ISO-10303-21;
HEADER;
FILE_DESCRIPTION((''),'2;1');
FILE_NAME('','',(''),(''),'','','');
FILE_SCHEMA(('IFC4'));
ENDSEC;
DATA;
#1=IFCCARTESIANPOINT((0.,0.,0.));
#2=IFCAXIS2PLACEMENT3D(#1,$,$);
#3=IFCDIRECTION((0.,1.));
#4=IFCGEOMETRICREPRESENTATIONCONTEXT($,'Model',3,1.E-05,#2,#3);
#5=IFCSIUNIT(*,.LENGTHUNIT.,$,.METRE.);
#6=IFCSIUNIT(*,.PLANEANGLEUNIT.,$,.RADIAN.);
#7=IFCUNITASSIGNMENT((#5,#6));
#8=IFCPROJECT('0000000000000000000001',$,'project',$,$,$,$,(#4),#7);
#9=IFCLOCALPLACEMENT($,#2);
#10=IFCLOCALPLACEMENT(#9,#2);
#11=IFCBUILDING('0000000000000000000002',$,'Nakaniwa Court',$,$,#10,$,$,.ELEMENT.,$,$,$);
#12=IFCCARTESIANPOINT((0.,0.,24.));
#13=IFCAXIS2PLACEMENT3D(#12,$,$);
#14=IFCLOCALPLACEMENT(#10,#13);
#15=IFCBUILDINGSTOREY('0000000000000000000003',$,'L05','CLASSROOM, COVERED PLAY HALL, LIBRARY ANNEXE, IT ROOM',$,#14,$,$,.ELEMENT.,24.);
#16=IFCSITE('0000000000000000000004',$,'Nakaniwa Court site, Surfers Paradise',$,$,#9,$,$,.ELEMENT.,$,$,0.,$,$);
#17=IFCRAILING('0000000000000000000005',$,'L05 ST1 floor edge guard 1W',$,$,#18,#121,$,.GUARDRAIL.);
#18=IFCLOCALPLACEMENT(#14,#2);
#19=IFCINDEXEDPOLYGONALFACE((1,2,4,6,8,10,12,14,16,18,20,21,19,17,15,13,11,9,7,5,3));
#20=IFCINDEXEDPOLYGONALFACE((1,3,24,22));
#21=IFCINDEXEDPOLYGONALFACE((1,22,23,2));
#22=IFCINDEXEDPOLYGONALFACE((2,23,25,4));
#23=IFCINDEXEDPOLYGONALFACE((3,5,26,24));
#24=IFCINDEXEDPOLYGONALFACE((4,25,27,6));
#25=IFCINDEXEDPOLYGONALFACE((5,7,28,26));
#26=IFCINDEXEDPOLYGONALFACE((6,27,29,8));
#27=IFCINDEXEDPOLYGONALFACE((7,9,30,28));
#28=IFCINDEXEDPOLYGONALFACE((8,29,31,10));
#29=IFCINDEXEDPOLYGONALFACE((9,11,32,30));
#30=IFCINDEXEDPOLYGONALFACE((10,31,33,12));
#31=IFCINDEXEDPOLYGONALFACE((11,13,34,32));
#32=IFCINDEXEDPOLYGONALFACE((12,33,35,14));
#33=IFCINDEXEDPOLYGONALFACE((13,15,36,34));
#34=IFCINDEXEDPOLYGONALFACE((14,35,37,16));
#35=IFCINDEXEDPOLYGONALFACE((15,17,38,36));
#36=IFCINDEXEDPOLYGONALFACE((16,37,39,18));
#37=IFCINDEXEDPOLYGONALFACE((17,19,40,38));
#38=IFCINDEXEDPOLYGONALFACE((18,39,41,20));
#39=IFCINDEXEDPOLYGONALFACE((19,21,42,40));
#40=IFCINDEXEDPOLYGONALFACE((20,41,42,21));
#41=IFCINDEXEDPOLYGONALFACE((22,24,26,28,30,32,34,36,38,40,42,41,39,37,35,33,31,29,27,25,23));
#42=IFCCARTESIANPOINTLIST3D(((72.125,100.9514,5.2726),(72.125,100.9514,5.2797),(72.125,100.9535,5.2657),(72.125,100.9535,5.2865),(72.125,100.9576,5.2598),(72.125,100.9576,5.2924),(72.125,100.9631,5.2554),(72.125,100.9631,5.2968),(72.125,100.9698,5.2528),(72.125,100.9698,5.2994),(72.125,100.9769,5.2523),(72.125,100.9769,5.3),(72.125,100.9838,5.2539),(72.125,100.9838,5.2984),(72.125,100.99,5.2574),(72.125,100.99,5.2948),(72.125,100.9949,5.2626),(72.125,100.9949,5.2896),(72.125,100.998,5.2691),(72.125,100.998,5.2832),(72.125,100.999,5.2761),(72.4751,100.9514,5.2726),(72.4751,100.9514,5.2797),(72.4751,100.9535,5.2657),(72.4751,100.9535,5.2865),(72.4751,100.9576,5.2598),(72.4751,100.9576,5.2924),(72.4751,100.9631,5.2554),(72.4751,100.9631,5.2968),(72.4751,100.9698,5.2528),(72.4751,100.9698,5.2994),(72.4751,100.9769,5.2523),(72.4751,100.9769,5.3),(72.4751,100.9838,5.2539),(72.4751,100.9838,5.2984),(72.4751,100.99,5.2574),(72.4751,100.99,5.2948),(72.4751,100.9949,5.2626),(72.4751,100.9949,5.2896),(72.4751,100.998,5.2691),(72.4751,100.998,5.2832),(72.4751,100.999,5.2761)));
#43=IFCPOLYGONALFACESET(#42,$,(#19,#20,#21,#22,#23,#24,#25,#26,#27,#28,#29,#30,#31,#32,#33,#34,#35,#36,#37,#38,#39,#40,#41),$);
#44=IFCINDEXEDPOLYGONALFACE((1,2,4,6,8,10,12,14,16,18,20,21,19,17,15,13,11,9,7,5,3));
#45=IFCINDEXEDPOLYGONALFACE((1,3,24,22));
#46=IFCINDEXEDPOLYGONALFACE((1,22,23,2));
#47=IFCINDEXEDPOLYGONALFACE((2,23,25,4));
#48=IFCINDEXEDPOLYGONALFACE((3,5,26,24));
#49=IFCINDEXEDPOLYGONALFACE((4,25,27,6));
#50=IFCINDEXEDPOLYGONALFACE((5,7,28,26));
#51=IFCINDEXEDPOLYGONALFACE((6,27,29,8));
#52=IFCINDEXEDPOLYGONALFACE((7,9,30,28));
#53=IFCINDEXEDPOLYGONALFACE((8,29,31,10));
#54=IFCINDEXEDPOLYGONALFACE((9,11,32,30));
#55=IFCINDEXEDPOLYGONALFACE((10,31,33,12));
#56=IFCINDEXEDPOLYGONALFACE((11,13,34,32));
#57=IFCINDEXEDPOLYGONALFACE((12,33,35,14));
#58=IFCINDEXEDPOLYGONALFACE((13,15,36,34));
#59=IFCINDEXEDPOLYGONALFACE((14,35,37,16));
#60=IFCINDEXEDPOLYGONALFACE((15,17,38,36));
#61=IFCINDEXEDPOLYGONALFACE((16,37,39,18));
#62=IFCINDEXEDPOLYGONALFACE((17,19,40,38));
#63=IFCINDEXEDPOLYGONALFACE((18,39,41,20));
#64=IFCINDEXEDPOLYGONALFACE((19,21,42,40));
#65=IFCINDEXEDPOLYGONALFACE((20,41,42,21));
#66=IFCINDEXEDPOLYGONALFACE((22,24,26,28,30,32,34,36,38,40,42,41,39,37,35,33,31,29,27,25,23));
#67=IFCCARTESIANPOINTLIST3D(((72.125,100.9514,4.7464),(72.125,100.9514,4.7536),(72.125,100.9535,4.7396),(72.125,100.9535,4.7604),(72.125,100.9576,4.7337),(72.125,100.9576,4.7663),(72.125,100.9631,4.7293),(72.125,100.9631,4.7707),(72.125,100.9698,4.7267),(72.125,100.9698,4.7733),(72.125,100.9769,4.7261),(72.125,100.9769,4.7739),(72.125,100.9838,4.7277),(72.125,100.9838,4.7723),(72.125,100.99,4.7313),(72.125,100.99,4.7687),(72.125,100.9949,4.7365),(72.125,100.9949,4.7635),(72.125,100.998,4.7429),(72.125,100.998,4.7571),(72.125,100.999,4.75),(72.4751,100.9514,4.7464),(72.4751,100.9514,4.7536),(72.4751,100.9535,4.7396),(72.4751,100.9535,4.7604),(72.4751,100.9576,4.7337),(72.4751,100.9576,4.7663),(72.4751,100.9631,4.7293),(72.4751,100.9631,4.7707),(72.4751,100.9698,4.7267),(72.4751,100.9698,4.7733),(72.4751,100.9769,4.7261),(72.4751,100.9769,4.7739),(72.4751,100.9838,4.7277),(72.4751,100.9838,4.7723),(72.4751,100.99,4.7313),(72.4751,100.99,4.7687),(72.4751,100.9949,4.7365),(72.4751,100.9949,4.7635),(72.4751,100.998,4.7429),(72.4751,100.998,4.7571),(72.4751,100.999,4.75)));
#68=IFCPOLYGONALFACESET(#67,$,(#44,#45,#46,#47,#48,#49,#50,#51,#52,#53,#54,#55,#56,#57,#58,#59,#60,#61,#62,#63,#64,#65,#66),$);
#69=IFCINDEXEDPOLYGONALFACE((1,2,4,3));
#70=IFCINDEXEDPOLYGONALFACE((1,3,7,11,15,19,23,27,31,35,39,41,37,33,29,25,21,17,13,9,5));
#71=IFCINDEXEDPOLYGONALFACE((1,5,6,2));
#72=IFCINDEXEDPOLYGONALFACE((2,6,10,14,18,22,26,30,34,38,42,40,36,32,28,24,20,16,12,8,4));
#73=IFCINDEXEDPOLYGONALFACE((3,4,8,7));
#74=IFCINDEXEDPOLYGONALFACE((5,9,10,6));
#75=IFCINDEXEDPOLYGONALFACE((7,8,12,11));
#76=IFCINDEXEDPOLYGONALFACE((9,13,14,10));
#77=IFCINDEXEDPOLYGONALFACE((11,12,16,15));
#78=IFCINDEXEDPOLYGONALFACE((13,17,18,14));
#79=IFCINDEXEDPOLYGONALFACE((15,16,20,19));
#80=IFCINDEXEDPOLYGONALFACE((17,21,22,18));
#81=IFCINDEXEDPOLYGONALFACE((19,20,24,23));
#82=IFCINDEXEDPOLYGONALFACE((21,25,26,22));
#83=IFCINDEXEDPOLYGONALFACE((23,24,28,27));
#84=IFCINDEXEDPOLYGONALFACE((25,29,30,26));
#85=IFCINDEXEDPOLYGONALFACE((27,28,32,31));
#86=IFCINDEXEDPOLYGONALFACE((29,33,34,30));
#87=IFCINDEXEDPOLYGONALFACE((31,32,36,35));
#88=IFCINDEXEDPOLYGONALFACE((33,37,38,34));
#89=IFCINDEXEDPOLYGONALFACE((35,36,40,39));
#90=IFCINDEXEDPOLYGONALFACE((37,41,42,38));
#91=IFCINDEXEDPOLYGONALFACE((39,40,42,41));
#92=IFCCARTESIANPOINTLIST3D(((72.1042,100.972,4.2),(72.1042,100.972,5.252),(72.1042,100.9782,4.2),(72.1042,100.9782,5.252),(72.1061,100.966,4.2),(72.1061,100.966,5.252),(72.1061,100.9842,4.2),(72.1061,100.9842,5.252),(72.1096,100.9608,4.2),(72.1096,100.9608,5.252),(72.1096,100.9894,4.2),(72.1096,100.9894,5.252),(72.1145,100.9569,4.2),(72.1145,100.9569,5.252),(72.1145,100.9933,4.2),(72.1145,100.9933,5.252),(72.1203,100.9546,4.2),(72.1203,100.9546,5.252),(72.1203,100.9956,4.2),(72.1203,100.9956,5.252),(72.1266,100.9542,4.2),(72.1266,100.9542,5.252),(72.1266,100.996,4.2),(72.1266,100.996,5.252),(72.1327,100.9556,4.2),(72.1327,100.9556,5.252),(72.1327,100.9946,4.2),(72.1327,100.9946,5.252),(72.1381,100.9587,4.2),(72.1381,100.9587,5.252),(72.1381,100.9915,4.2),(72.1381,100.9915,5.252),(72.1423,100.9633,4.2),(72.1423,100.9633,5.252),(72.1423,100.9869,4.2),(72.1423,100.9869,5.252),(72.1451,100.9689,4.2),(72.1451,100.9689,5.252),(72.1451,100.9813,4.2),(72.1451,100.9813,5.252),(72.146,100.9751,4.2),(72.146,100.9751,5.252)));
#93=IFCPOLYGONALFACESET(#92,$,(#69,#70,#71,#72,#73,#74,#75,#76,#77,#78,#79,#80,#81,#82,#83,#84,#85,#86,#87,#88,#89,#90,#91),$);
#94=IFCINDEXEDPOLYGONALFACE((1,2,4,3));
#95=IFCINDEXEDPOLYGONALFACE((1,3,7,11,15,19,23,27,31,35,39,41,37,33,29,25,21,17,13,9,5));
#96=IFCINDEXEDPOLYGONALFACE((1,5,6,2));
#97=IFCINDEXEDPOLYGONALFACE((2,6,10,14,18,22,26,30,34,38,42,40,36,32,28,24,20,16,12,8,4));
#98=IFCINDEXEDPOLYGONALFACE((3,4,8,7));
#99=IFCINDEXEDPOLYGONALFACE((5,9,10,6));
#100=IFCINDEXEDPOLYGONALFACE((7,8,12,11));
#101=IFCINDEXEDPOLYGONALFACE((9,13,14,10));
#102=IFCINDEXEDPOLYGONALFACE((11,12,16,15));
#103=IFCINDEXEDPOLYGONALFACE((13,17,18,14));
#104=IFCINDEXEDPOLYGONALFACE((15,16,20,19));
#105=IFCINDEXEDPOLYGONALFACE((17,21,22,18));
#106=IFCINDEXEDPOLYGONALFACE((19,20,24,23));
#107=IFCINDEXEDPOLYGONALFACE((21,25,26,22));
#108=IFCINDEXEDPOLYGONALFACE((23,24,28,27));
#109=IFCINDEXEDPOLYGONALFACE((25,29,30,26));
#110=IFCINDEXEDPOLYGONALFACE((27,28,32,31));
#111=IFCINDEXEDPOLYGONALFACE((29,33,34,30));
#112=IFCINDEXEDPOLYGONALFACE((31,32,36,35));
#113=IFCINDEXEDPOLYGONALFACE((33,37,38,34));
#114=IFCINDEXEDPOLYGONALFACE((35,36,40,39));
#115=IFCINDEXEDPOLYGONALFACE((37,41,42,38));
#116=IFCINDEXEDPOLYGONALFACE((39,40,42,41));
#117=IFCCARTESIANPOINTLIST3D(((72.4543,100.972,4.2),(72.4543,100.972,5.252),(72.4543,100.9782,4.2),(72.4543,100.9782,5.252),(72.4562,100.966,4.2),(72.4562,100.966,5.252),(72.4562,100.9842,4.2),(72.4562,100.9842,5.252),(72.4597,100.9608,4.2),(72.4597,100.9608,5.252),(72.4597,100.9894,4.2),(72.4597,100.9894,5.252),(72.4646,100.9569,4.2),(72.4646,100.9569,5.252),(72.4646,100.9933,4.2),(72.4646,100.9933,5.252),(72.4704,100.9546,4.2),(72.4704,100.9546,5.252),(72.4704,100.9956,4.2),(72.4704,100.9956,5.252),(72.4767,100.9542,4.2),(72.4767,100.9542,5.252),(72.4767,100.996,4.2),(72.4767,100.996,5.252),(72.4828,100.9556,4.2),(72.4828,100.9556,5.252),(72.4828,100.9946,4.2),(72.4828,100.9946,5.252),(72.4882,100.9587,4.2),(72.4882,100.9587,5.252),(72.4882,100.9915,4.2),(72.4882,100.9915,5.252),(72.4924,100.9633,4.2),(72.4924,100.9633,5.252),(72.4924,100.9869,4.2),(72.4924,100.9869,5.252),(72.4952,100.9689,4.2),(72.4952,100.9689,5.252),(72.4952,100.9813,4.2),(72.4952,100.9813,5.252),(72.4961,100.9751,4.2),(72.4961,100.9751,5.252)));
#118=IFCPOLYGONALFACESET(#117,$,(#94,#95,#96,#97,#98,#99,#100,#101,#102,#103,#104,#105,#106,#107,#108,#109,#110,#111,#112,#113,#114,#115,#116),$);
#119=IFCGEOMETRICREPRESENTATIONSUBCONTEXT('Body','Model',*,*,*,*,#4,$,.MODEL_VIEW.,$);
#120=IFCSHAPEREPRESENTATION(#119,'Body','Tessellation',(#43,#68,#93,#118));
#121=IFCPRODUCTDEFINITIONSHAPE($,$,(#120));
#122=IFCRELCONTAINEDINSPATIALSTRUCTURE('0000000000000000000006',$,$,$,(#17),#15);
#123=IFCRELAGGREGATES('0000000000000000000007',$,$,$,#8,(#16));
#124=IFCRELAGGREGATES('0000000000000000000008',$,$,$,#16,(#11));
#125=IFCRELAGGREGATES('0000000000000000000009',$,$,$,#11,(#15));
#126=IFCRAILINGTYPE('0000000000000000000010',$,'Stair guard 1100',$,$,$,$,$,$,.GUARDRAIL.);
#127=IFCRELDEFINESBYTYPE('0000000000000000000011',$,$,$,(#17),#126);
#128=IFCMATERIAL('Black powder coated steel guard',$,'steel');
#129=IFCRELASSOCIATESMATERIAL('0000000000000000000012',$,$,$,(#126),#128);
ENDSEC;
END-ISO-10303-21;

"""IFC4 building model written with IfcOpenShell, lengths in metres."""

from ifc_helpers import new_model, si_unit, direction, frame, origin, origin_2d, place, context, subcontext, project, spatial, circle, extrude, material, type_object, element, save


model = new_model("IFC4")

# Units and contexts
model_context = context("Model", 3, precision=1e-05, world=origin(), true_north=direction((0.0, 1.0)))
body_context = subcontext(model_context, "Body", "Model", "MODEL_VIEW")
ifc_project = project(units=[si_unit("LENGTHUNIT", "METRE"), si_unit("PLANEANGLEUNIT", "RADIAN")], contexts=[model_context])

# Site, building, storey
site_placement = place(None, origin())
site = spatial("IfcSite", under=ifc_project, at=site_placement, Name="Nakaniwa Court site, Surfers Paradise", CompositionType="ELEMENT", RefElevation=0.0)
building_placement = place(site_placement, origin())
building = spatial("IfcBuilding", under=site, at=building_placement, Name="Nakaniwa Court", CompositionType="ELEMENT")
storey_placement = place(building_placement, frame((0.0, 0.0, 24.0)))
storey = spatial("IfcBuildingStorey", under=building, at=storey_placement, Name="L05", Description="CLASSROOM, COVERED PLAY HALL, LIBRARY ANNEXE, IT ROOM", CompositionType="ELEMENT", Elevation=24.0)

# Railing
ifc_material_1 = material(Name="Black powder coated steel guard", Category="steel")
railing_type_1 = type_object("IfcRailingType", Name="Stair guard 1100", PredefinedType="GUARDRAIL", material=ifc_material_1)
railing_1_placement = place(storey_placement, frame((72.125, 100.9751, 4.2)))
element("IfcRailing", 1, at=railing_1_placement, inside=storey, type_object=railing_type_1, Name="L05 ST1 floor edge guard 1W", PredefinedType="GUARDRAIL", context=body_context, shape_type="SweptSolid", body=[
    extrude(circle(Radius=0.0239, at=origin_2d()), frame((0.0, 0.0, 1.0762), z_axis=(1.0, 0.0, 0.0), x_axis=(0.0, 1.0, 0.0)), (0.0, 0.0, 1.0), 0.3501),
    extrude(circle(Radius=0.0239, at=origin_2d()), frame((0.0, 0.0, 0.55), z_axis=(1.0, 0.0, 0.0), x_axis=(0.0, 1.0, 0.0)), (0.0, 0.0, 1.0), 0.3501),
    extrude(circle(Radius=0.021, at=origin_2d()), origin(), (0.0, 0.0, 1.0), 1.052),
    extrude(circle(Radius=0.021, at=origin_2d()), frame((0.3501, 0.0, 0.0)), (0.0, 0.0, 1.0), 1.052),
])

save(model, "model.ifc")
